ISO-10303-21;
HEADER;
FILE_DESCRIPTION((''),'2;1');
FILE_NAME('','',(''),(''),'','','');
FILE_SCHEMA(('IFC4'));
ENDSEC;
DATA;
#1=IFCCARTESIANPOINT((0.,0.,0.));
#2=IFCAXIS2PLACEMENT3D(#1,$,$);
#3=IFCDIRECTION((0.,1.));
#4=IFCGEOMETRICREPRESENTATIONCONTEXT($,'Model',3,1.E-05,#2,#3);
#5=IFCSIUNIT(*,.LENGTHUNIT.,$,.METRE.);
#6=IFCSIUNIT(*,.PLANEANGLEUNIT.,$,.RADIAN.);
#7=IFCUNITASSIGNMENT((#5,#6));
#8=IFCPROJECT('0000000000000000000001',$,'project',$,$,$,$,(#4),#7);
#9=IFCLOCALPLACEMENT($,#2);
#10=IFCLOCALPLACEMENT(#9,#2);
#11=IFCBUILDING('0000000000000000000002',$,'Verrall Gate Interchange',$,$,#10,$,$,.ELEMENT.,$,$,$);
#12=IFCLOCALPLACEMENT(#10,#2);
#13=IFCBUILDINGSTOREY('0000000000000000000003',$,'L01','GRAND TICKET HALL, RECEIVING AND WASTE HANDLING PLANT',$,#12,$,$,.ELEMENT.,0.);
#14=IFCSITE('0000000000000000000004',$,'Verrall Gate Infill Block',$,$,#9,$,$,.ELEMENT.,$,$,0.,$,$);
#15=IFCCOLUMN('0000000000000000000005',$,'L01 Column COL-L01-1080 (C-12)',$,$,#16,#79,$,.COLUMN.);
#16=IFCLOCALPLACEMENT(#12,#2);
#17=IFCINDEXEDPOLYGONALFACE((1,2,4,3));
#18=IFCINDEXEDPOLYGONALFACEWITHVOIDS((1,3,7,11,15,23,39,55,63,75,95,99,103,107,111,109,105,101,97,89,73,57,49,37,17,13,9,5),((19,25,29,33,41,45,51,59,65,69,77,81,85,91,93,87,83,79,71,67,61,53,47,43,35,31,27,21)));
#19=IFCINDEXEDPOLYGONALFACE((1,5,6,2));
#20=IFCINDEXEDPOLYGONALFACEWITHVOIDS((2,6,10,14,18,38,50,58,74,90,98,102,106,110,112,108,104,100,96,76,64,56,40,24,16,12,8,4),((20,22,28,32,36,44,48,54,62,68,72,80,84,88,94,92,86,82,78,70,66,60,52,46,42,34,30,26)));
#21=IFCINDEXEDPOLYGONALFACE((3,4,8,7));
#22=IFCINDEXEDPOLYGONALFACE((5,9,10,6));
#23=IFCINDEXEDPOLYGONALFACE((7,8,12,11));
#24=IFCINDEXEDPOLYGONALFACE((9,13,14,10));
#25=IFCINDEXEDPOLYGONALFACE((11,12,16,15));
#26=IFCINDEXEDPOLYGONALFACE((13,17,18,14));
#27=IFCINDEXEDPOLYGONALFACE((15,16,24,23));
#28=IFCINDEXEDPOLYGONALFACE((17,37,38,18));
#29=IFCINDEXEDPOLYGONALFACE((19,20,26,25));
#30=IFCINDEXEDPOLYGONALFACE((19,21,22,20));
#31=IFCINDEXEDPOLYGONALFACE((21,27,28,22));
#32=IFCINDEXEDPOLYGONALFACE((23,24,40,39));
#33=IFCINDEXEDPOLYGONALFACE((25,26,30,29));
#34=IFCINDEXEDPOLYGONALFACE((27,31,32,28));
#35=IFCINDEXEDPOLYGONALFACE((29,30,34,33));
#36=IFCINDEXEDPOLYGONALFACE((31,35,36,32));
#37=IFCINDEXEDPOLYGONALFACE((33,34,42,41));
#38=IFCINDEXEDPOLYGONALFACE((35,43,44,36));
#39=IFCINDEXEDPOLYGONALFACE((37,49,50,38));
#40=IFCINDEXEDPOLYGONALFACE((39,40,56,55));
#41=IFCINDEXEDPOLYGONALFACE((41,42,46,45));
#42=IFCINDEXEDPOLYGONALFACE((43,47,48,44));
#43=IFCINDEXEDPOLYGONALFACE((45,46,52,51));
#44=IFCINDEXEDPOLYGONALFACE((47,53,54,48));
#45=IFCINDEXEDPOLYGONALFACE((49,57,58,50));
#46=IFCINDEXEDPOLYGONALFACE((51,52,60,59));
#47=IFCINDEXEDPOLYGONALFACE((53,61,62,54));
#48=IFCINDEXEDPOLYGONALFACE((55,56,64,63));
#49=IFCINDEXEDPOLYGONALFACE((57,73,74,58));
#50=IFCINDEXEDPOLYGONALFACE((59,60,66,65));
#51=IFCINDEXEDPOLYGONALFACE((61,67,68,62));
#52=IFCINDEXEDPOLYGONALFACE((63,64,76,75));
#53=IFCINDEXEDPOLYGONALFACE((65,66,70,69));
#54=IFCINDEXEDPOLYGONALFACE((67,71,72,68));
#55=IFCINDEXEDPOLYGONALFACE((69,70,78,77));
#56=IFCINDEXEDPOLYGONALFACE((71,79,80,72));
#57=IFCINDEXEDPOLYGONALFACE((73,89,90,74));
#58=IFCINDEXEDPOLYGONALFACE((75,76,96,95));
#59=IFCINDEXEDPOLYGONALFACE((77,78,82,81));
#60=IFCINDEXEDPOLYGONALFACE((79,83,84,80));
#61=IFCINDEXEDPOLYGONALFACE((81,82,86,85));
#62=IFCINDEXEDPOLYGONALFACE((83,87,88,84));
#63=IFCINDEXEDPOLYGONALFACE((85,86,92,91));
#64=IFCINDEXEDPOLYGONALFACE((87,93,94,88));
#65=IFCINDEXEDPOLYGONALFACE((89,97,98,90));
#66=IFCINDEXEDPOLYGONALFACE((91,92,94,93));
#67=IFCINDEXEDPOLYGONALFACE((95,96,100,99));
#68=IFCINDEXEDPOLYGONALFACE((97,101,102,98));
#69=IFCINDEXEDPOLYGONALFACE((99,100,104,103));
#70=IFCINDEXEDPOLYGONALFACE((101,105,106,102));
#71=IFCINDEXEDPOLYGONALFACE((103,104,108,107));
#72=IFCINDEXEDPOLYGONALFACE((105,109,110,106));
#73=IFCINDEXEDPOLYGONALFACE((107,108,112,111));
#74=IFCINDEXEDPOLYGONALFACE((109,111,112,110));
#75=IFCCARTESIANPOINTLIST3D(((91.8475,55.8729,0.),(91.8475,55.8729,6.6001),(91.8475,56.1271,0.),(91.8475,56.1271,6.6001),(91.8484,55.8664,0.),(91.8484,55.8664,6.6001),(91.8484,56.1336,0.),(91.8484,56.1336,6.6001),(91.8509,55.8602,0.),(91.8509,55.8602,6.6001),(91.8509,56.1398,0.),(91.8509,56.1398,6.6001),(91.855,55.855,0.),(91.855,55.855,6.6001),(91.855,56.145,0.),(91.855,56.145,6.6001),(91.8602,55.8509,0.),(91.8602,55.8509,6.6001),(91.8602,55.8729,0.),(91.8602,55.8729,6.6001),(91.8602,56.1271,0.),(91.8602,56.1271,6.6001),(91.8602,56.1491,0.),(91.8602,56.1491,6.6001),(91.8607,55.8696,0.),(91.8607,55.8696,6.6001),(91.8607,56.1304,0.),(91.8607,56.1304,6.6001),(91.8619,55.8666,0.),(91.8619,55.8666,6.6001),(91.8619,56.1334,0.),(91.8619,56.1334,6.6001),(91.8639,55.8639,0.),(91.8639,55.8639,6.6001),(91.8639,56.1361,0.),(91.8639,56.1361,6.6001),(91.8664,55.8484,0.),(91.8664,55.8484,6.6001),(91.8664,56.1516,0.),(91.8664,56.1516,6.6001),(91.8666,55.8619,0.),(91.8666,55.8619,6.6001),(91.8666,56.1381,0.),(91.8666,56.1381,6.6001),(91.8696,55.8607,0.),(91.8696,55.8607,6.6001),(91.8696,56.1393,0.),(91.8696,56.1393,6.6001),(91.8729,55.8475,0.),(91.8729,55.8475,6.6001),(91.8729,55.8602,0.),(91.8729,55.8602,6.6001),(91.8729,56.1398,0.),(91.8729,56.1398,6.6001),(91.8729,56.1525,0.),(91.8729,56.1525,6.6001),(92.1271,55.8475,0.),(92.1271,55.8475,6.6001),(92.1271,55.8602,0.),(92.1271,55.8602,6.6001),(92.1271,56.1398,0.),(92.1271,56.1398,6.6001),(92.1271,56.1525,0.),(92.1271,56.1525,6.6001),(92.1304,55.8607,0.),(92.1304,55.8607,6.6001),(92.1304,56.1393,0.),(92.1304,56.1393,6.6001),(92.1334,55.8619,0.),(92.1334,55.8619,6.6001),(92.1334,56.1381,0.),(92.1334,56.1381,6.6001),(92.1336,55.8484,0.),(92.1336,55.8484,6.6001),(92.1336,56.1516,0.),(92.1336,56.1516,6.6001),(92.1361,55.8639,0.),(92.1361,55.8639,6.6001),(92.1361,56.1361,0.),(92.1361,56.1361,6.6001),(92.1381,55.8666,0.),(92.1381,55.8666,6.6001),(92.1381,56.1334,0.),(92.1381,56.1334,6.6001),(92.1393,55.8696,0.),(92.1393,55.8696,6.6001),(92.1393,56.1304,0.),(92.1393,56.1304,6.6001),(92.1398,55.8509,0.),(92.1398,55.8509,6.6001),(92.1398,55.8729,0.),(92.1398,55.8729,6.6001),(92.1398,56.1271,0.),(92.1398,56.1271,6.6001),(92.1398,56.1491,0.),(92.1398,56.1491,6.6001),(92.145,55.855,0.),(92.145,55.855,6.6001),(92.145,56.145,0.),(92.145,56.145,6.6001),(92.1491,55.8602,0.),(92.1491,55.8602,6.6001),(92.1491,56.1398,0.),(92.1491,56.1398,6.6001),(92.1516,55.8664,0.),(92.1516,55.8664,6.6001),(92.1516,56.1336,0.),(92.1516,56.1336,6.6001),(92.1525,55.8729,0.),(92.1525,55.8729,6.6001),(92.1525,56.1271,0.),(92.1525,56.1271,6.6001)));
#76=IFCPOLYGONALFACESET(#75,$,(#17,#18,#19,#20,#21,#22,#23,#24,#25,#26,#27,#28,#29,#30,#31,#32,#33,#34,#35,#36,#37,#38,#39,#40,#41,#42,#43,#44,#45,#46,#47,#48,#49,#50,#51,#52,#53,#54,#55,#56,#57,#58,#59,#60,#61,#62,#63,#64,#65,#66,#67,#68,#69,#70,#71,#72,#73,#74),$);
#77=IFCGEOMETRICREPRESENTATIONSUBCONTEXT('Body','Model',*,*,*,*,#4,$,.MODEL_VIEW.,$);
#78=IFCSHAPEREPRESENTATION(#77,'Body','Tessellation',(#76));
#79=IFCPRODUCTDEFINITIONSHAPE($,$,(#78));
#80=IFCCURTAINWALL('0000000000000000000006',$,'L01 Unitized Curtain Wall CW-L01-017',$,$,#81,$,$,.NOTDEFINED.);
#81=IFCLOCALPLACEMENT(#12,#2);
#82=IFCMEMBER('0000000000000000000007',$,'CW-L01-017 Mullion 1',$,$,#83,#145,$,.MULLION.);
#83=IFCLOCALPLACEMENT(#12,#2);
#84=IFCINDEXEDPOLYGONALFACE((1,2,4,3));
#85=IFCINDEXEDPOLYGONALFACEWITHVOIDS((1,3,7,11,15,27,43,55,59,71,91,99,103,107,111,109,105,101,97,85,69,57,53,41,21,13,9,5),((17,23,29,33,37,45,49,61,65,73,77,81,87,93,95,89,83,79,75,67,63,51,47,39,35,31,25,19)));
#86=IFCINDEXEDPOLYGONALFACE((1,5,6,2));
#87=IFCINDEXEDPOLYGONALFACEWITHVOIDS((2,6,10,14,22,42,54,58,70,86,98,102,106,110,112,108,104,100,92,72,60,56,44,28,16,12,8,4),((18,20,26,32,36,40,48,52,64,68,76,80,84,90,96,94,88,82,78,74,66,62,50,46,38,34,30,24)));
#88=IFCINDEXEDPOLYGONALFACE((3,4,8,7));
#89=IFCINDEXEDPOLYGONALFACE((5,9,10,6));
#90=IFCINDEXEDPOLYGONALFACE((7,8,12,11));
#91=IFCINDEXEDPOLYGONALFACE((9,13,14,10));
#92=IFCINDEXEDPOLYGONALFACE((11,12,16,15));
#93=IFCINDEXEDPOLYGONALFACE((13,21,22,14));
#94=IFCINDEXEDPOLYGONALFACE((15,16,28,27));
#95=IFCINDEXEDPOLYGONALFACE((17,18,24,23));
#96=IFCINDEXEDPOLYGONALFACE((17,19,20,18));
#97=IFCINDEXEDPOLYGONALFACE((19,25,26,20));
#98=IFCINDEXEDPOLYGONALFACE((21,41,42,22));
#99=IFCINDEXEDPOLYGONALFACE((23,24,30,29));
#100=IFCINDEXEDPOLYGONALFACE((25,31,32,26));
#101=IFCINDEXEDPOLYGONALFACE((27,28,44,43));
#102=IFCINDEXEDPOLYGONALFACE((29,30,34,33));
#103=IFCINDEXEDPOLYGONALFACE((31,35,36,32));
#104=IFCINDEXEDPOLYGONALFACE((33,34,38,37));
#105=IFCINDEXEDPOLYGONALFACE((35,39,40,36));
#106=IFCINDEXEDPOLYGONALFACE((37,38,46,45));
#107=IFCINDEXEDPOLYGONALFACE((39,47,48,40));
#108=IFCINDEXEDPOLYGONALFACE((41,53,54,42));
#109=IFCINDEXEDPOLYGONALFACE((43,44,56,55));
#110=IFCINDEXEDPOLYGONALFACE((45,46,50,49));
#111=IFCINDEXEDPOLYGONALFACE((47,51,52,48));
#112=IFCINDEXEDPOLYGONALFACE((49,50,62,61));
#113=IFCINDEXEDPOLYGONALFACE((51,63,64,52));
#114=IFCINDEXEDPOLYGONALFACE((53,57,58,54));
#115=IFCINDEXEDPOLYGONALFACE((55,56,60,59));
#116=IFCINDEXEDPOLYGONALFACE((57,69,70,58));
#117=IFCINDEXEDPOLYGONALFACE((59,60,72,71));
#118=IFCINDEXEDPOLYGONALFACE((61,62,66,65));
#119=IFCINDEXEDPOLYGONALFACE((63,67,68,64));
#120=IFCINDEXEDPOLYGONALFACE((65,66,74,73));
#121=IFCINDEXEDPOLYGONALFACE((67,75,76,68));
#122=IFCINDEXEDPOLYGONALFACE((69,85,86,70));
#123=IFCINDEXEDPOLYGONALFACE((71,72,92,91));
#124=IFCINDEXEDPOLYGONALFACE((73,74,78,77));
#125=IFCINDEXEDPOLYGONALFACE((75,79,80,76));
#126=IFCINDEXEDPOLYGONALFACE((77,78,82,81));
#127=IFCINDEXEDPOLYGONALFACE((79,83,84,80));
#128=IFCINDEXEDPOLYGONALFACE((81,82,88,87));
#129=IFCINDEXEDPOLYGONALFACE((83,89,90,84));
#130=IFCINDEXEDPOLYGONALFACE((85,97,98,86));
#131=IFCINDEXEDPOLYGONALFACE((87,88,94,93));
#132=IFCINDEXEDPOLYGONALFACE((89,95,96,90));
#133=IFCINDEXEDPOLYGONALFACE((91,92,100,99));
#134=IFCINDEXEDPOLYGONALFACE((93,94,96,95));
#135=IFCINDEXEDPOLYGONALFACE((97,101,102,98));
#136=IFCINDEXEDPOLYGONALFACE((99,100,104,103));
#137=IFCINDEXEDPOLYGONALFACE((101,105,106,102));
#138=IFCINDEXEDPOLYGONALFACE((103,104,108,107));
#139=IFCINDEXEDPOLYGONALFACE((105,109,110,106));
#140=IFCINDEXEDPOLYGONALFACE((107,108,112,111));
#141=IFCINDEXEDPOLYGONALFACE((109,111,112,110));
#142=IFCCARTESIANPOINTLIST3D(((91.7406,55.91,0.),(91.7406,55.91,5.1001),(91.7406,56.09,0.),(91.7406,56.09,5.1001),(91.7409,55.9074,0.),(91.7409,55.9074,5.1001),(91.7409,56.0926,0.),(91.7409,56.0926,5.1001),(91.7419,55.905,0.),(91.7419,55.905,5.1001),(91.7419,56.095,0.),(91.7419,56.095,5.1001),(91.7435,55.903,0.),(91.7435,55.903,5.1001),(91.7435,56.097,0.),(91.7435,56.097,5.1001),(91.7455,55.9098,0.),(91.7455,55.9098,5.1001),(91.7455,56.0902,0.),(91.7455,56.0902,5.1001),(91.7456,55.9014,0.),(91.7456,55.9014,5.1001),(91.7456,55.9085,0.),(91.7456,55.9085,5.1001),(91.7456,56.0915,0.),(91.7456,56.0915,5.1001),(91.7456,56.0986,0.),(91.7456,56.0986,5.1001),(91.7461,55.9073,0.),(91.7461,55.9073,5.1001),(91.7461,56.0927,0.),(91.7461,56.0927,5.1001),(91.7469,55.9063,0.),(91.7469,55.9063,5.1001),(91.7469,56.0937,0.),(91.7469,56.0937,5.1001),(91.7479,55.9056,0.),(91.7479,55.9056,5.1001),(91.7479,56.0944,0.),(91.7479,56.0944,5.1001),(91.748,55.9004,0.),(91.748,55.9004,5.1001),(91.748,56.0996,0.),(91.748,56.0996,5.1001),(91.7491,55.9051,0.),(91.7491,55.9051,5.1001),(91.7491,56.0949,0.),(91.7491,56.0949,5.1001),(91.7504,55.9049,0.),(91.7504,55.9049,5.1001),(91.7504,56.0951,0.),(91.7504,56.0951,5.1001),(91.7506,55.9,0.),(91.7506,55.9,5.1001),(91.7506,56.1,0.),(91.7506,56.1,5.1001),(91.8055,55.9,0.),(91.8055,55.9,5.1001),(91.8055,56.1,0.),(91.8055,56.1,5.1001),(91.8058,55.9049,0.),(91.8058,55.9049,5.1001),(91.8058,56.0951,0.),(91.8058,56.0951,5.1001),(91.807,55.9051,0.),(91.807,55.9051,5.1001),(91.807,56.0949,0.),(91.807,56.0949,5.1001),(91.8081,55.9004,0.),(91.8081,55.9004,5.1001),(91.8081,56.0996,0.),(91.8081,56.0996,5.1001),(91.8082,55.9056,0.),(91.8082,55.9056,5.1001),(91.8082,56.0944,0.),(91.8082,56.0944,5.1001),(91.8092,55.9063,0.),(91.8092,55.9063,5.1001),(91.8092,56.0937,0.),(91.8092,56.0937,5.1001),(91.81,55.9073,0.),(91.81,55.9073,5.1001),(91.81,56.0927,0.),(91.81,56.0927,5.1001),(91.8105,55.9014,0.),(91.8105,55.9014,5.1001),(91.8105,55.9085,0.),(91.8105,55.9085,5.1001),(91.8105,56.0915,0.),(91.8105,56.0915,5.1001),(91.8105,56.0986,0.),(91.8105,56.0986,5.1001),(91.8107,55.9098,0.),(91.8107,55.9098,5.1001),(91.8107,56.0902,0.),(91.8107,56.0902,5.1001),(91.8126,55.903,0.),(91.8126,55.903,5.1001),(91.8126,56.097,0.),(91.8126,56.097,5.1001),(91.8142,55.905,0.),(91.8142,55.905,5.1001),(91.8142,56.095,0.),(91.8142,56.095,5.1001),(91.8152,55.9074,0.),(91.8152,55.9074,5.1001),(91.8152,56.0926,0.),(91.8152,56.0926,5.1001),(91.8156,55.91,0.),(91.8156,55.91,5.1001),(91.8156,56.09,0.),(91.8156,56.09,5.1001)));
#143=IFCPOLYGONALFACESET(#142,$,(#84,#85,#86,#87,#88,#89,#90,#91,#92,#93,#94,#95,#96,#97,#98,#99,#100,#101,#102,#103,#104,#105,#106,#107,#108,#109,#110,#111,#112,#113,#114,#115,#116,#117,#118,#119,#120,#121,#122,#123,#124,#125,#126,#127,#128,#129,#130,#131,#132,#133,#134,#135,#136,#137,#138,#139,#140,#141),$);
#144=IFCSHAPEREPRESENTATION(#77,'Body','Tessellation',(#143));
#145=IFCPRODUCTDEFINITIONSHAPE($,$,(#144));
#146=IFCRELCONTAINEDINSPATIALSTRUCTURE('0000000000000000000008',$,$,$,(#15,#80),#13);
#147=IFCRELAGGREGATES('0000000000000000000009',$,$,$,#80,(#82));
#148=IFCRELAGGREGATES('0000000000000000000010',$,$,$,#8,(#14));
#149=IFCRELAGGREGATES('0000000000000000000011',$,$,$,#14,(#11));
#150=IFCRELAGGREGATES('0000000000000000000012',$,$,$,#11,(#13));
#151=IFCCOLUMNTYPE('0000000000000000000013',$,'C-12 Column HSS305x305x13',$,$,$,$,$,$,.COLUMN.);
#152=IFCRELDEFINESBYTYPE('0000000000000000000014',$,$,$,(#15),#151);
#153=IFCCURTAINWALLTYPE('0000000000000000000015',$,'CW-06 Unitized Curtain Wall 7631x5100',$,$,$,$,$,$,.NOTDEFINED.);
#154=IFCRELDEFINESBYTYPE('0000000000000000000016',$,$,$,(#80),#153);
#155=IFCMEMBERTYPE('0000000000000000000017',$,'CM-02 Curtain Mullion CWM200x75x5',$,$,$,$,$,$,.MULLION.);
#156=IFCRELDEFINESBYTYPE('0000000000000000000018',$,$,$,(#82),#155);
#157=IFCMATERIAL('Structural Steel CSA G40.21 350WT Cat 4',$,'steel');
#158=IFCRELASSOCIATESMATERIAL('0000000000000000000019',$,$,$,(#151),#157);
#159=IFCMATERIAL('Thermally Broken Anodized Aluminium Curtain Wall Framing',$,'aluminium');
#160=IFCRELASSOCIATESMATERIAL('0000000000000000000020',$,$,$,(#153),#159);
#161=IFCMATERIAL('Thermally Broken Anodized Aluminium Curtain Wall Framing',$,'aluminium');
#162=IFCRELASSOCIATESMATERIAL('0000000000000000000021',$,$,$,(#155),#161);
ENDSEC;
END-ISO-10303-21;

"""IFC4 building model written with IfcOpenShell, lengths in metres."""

from ifc_helpers import new_model, si_unit, direction, frame, origin, origin_2d, place, context, subcontext, project, spatial, hollow_rectangle, extrude, material, material_profile, profile_set, type_object, element, aggregate, save


model = new_model("IFC4")

# Units and contexts
model_context = context("Model", 3, precision=1e-05, world=origin(), true_north=direction((0.0, 1.0)))
body_context = subcontext(model_context, "Body", "Model", "MODEL_VIEW")
ifc_project = project(units=[si_unit("LENGTHUNIT", "METRE"), si_unit("PLANEANGLEUNIT", "RADIAN")], contexts=[model_context])

# Site, building, storey
site_placement = place(None, origin())
site = spatial("IfcSite", under=ifc_project, at=site_placement, Name="Verrall Gate Infill Block", CompositionType="ELEMENT", RefElevation=0.0)
building_placement = place(site_placement, origin())
building = spatial("IfcBuilding", under=site, at=building_placement, Name="Verrall Gate Interchange", CompositionType="ELEMENT")
storey_placement = place(building_placement, origin())
storey = spatial("IfcBuildingStorey", under=building, at=storey_placement, Name="L01", Description="GRAND TICKET HALL, RECEIVING AND WASTE HANDLING PLANT", CompositionType="ELEMENT", Elevation=0.0)

# Column
ifc_material_1 = material(Name="Structural Steel CSA G40.21 350WT Cat 4", Category="steel")
ifc_material_profile_1 = material_profile(ifc_material_1, hollow_rectangle(XDim=0.3049, YDim=0.3049, WallThickness=0.0127, InnerFilletRadius=0.0127, OuterFilletRadius=0.0254, at=origin_2d()), Name="HSS305x305x13")
ifc_profile_set_1 = profile_set([ifc_material_profile_1], Name="Structural Steel CSA G40.21 350WT Cat 4")
column_type = type_object("IfcColumnType", Name="C-12 Column HSS305x305x13", PredefinedType="COLUMN", material=ifc_profile_set_1)
column_placement = place(storey_placement, frame((92.0, 56.0, 0.0), z_axis=(0.0, 0.0, 1.0), x_axis=(1.0, 0.0, 0.0)))
element("IfcColumn", 1, at=column_placement, inside=storey, type_object=column_type, Name="L01 Column COL-L01-1080 (C-12)", PredefinedType="COLUMN", context=body_context, shape_type="SweptSolid", body=[
    extrude(hollow_rectangle(XDim=0.3049, YDim=0.3049, WallThickness=0.0127, InnerFilletRadius=0.0127, OuterFilletRadius=0.0254, at=origin_2d()), origin(), (0.0, 0.0, 1.0), 6.6001),
])

# Curtain wall, member
ifc_material_2 = material(Name="Thermally Broken Anodized Aluminium Curtain Wall Framing", Category="aluminium")
curtain_wall_type = type_object("IfcCurtainWallType", Name="CW-06 Unitized Curtain Wall 7631x5100", PredefinedType="NOTDEFINED", material=ifc_material_2)
curtain_wall_placement = place(storey_placement, origin())
curtain_wall = element("IfcCurtainWall", 2, at=curtain_wall_placement, inside=storey, type_object=curtain_wall_type, Name="L01 Unitized Curtain Wall CW-L01-017", PredefinedType="NOTDEFINED")
ifc_material_3 = material(Name="Thermally Broken Anodized Aluminium Curtain Wall Framing", Category="aluminium")
ifc_material_profile_2 = material_profile(ifc_material_3, hollow_rectangle(XDim=0.075, YDim=0.2, WallThickness=0.0049, InnerFilletRadius=0.0049, OuterFilletRadius=0.01, at=origin_2d()), Name="CWM200x75x5")
ifc_profile_set_2 = profile_set([ifc_material_profile_2], Name="Thermally Broken Anodized Aluminium Curtain Wall Framing")
member_type_1 = type_object("IfcMemberType", Name="CM-02 Curtain Mullion CWM200x75x5", PredefinedType="MULLION", material=ifc_profile_set_2)
member_1_placement = place(storey_placement, frame((91.7781, 56.0, 0.0), z_axis=(0.0, 0.0, 1.0), x_axis=(-1.0, 0.0, 0.0)))
member_1 = element("IfcMember", 3, at=member_1_placement, type_object=member_type_1, Name="CW-L01-017 Mullion 1", PredefinedType="MULLION", context=body_context, shape_type="SweptSolid", body=[
    extrude(hollow_rectangle(XDim=0.075, YDim=0.2, WallThickness=0.0049, InnerFilletRadius=0.0049, OuterFilletRadius=0.01, at=origin_2d()), origin(), (0.0, 0.0, 1.0), 5.1001),
])

aggregate(curtain_wall, [member_1])

save(model, "model.ifc")
